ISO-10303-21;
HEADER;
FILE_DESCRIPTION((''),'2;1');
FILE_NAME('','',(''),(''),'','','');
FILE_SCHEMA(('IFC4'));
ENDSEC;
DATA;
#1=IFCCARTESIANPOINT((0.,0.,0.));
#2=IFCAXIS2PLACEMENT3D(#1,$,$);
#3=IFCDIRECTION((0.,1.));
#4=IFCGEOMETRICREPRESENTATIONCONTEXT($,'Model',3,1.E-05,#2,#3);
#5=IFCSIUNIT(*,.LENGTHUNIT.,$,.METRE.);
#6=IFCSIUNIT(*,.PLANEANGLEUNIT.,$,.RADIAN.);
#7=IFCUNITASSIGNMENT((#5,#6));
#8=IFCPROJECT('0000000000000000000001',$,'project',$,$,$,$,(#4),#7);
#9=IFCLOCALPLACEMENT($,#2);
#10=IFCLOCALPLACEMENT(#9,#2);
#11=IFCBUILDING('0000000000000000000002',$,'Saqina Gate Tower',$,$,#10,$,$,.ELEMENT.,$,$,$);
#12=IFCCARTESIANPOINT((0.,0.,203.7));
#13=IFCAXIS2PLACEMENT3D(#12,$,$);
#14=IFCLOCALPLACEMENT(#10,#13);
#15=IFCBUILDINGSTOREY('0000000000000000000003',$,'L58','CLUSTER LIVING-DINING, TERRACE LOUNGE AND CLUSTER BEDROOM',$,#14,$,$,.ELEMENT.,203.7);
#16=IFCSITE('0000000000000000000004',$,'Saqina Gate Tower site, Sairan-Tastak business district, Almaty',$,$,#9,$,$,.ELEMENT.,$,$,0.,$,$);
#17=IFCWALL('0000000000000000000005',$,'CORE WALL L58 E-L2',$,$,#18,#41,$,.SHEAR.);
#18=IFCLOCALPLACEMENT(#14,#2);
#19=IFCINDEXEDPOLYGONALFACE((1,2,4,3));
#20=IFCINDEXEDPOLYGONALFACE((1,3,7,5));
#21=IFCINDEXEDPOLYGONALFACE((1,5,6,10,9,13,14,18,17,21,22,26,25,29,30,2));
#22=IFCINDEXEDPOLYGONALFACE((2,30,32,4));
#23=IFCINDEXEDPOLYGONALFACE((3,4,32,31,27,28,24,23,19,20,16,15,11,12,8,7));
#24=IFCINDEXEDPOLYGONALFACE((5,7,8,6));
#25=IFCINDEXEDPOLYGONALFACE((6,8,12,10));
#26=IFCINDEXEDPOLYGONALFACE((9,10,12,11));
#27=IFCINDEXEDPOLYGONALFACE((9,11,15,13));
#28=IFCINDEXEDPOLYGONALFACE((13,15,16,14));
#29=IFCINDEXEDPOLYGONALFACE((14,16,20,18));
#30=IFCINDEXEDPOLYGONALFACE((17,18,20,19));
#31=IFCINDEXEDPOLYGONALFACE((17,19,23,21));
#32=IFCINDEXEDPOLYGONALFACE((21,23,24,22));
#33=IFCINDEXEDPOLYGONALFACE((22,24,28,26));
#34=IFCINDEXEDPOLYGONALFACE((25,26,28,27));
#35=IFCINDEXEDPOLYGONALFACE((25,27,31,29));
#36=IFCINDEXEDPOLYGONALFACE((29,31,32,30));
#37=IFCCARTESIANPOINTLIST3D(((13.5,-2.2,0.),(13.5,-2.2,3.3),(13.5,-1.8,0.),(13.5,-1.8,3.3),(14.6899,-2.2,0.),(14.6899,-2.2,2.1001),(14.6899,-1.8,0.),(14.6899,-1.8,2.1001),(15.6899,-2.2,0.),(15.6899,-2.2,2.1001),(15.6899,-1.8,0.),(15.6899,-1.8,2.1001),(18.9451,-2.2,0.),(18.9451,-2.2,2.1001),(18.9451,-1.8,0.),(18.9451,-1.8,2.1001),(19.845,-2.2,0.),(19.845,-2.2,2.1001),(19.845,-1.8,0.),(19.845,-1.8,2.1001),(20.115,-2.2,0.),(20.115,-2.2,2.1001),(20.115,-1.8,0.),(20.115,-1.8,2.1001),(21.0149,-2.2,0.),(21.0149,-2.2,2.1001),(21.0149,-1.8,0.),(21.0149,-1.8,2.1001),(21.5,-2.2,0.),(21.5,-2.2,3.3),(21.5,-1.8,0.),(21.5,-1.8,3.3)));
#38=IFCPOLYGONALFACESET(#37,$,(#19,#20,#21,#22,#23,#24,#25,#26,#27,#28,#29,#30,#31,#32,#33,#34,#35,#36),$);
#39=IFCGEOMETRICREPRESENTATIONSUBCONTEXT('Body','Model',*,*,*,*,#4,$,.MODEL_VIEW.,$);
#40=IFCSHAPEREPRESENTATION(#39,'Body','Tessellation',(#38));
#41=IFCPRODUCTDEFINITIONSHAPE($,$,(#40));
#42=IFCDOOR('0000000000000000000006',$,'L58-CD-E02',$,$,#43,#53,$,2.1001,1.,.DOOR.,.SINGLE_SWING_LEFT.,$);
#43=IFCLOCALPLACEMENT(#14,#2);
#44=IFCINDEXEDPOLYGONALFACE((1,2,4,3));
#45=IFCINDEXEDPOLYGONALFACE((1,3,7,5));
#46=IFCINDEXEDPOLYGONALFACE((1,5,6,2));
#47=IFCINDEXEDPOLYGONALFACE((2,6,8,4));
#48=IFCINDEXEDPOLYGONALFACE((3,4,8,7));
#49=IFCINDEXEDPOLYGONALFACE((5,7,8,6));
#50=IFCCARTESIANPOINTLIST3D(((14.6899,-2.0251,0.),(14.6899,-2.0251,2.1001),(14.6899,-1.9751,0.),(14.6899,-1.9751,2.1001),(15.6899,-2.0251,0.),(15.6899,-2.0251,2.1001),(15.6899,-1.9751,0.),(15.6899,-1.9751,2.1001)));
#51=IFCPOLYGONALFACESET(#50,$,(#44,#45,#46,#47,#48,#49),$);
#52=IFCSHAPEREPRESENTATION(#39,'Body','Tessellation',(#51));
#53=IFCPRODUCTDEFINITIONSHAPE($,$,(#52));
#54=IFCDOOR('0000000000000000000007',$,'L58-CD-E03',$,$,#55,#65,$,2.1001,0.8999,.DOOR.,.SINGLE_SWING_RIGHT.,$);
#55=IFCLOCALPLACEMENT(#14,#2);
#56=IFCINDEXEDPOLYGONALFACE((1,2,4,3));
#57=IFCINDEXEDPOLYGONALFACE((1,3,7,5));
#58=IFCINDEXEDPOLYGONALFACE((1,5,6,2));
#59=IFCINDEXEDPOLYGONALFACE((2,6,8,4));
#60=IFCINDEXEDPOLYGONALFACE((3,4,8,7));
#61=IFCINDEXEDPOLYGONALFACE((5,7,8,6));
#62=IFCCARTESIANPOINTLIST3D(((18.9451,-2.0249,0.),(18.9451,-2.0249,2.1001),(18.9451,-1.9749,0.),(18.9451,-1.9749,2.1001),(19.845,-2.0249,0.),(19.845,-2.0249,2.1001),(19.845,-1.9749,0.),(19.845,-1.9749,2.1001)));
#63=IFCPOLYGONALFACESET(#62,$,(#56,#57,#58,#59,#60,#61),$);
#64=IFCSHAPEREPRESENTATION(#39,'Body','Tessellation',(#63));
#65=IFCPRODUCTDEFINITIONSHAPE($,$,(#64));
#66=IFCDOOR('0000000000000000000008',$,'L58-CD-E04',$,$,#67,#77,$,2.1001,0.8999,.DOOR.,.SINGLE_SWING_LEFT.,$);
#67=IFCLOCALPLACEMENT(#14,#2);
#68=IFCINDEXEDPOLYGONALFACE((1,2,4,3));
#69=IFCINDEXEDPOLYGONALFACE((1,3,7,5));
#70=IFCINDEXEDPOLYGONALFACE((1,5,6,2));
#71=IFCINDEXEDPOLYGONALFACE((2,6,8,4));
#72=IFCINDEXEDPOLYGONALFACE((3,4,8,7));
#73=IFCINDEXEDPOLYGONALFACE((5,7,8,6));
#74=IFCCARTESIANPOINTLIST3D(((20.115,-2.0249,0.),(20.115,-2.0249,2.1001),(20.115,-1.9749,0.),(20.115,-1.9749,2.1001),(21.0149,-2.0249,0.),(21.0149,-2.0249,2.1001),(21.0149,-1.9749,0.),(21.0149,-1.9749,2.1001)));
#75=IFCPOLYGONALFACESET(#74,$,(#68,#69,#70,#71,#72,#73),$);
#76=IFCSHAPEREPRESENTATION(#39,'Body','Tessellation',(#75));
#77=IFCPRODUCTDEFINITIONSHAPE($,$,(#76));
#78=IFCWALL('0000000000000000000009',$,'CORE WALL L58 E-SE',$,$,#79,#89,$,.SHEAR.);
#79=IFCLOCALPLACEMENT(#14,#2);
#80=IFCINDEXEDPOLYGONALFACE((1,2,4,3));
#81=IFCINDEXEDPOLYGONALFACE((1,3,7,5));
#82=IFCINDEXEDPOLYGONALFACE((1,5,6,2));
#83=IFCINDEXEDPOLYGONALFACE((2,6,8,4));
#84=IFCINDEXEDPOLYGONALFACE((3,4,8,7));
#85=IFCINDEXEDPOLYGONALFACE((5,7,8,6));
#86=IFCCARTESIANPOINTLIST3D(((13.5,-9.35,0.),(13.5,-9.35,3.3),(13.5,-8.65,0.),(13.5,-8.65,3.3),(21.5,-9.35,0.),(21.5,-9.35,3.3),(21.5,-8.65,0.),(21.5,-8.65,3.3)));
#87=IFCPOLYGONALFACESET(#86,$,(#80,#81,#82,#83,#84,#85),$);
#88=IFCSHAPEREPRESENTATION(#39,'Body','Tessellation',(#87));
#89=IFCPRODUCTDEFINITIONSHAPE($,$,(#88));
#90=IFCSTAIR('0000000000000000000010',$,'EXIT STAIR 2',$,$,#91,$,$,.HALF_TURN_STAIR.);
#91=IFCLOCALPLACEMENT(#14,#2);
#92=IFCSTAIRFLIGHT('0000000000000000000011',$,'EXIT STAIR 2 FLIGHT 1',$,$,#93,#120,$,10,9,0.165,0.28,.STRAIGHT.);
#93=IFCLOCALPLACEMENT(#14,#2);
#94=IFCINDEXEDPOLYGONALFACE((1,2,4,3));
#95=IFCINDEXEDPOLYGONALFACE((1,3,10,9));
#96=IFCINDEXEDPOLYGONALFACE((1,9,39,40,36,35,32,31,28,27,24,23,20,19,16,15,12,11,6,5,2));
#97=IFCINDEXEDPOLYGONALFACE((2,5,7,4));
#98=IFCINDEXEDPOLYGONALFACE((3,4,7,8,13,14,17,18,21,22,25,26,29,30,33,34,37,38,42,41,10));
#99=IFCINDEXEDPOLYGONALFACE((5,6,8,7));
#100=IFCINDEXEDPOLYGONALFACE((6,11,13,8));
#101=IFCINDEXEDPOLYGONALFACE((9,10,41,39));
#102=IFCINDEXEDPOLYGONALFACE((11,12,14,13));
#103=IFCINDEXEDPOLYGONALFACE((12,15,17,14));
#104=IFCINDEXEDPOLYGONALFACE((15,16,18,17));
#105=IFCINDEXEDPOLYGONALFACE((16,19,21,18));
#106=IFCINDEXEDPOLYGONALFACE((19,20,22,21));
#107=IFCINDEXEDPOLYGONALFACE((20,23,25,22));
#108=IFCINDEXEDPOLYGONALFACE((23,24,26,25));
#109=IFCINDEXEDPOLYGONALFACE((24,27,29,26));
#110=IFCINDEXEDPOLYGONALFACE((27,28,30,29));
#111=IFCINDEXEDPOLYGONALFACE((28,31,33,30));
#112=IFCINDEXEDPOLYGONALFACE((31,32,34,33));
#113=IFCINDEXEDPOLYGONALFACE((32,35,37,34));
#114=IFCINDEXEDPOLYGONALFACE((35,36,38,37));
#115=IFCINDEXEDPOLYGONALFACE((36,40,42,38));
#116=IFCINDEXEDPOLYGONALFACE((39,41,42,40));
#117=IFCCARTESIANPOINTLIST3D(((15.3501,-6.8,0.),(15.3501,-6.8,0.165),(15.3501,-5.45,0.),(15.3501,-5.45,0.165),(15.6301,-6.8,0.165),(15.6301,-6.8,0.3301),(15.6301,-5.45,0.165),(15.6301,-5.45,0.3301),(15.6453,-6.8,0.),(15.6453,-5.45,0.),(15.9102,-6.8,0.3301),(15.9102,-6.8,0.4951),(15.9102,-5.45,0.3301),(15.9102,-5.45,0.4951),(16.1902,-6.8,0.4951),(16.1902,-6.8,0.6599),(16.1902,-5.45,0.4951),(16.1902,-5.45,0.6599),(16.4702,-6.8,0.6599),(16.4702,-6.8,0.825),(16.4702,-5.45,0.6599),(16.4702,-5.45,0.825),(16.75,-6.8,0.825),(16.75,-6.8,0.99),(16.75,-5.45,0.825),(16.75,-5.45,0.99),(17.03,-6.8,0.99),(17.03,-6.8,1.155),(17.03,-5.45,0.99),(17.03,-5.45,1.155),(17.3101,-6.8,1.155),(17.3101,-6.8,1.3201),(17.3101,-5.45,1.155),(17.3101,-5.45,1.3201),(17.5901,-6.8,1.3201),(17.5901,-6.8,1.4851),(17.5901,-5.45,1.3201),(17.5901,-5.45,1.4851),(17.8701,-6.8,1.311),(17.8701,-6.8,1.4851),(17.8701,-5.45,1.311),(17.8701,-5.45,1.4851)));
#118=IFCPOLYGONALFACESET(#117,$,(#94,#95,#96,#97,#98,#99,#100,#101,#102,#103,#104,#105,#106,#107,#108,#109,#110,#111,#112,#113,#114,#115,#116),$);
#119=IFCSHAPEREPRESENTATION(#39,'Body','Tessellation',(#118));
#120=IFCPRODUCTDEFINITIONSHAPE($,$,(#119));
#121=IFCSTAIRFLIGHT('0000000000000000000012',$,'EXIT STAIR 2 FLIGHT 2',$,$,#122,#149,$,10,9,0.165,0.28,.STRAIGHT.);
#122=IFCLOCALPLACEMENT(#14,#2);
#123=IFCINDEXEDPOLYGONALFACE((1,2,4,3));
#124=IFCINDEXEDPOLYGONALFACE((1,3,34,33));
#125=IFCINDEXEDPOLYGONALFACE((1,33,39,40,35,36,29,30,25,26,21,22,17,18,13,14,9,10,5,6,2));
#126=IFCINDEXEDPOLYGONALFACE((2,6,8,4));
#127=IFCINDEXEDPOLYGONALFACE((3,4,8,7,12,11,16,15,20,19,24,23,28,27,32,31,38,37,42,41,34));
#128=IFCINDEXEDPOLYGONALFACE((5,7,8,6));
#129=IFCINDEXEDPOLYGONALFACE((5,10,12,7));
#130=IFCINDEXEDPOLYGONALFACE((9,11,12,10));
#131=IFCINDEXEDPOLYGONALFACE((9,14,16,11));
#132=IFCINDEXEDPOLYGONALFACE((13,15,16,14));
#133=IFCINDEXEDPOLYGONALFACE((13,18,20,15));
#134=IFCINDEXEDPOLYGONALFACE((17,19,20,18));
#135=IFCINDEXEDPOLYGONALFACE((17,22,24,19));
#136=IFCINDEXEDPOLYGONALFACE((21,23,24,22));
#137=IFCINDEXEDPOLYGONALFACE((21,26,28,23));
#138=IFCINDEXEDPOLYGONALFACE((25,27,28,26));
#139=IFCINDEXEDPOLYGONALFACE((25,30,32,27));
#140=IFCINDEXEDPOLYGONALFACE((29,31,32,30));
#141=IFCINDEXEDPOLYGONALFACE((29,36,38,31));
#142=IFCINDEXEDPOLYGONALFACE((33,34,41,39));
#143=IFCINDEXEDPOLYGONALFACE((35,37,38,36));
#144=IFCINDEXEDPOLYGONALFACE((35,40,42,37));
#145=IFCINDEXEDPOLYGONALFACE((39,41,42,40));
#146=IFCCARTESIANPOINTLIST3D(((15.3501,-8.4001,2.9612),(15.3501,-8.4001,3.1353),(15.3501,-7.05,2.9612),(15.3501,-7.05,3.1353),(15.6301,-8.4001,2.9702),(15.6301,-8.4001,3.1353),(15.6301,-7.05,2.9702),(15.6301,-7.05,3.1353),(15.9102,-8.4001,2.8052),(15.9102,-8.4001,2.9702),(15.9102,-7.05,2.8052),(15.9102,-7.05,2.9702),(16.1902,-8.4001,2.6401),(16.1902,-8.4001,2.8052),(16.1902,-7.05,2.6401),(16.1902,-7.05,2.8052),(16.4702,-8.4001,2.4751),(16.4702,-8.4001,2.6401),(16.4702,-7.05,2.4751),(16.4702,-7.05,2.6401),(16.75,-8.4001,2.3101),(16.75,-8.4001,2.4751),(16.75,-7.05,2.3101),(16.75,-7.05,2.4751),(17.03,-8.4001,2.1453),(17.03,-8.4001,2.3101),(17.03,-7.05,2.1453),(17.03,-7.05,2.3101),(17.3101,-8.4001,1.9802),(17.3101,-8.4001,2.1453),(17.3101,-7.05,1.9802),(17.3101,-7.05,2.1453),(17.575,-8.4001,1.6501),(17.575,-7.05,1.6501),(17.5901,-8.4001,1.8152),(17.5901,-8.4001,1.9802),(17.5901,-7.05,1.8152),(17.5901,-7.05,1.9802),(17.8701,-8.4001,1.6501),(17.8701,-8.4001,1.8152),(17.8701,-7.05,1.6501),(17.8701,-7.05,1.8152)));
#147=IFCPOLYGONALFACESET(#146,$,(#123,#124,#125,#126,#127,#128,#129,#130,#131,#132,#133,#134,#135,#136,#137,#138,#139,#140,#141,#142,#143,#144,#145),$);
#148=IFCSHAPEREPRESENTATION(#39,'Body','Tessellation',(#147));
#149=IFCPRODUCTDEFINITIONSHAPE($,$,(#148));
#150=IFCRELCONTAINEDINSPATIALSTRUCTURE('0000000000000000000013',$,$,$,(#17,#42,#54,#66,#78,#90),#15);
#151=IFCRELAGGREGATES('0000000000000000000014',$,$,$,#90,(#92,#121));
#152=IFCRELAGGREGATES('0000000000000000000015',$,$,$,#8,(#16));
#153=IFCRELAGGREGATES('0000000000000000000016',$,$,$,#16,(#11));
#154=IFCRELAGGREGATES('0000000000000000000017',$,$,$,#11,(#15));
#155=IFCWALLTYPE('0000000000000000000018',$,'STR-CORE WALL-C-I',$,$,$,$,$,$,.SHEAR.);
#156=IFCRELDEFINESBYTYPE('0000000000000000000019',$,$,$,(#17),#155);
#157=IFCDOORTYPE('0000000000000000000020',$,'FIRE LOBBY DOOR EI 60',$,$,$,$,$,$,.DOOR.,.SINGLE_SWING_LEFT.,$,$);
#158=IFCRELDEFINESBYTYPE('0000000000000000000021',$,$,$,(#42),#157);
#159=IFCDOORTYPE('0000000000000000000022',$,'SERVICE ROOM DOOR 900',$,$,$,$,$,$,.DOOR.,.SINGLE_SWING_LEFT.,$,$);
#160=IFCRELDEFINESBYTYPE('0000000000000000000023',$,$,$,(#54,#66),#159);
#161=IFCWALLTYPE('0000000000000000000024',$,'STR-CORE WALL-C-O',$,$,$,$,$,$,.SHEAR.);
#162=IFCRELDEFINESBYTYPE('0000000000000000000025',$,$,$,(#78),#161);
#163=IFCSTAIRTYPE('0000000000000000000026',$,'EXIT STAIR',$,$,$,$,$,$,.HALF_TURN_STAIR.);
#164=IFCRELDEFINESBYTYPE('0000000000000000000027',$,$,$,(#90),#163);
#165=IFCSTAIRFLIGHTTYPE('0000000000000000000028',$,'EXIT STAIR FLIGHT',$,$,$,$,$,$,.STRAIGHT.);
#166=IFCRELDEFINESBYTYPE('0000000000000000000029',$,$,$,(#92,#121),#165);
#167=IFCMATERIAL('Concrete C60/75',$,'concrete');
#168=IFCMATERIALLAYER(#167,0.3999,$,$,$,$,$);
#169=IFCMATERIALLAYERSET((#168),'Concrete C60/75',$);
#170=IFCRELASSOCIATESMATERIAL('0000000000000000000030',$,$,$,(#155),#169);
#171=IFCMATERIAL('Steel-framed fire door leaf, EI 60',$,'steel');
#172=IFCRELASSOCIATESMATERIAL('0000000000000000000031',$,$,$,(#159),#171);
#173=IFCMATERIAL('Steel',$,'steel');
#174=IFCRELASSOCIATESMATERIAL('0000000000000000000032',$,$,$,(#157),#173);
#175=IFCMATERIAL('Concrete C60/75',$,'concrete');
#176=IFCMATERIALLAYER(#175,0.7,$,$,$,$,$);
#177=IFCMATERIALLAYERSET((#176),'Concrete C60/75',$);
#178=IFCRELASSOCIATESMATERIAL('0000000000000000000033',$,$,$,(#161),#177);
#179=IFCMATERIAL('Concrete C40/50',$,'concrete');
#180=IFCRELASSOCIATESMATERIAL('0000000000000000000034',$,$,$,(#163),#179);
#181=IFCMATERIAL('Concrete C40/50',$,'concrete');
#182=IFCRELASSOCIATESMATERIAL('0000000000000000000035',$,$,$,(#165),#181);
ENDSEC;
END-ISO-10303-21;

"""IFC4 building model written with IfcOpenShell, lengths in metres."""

from ifc_helpers import new_model, si_unit, direction, frame, frame_2d, origin, place, context, subcontext, project, spatial, polyline, rectangle, outline, extrude, material, layer, layer_set, type_object, element, fill, aggregate, save


model = new_model("IFC4")

# Units and contexts
model_context = context("Model", 3, precision=1e-05, world=origin(), true_north=direction((0.0, 1.0)))
body_context = subcontext(model_context, "Body", "Model", "MODEL_VIEW")
ifc_project = project(units=[si_unit("LENGTHUNIT", "METRE"), si_unit("PLANEANGLEUNIT", "RADIAN")], contexts=[model_context])

# Site, building, storey
site_placement = place(None, origin())
site = spatial("IfcSite", under=ifc_project, at=site_placement, Name="Saqina Gate Tower site, Sairan-Tastak business district, Almaty", CompositionType="ELEMENT", RefElevation=0.0)
building_placement = place(site_placement, origin())
building = spatial("IfcBuilding", under=site, at=building_placement, Name="Saqina Gate Tower", CompositionType="ELEMENT")
storey_placement = place(building_placement, frame((0.0, 0.0, 203.7)))
storey = spatial("IfcBuildingStorey", under=building, at=storey_placement, Name="L58", Description="CLUSTER LIVING-DINING, TERRACE LOUNGE AND CLUSTER BEDROOM", CompositionType="ELEMENT", Elevation=203.7)

# Wall, openings, doors
ifc_material_1 = material(Name="Concrete C60/75", Category="concrete")
ifc_layer_1 = layer(ifc_material_1, 0.3999)
ifc_layer_set_1 = layer_set([ifc_layer_1], Name="Concrete C60/75")
wall_type_1 = type_object("IfcWallType", Name="STR-CORE WALL-C-I", PredefinedType="SHEAR", material=ifc_layer_set_1)
ifc_material_2 = material(Name="Steel-framed fire door leaf, EI 60", Category="steel")
door_type_1 = type_object("IfcDoorType", Name="SERVICE ROOM DOOR 900", OperationType="SINGLE_SWING_LEFT", PredefinedType="DOOR", material=ifc_material_2)
wall_1_placement = place(storey_placement, frame((13.5, -2.0, 0.0), z_axis=(0.0, 0.0, 1.0), x_axis=(1.0, 0.0, 0.0)))
wall_1 = element("IfcWall", 1, at=wall_1_placement, inside=storey, type_object=wall_type_1, Name="CORE WALL L58 E-L2", PredefinedType="SHEAR", context=body_context, shape_type="SweptSolid", body=[
    extrude(rectangle(XDim=8.0, YDim=0.3999, at=frame_2d((4.0, 0.0))), origin(), (0.0, 0.0, 1.0), 3.3),
])
opening_1_placement = place(wall_1_placement, frame((1.1899, 0.0, 0.0)))
opening_1 = element("IfcOpeningElement", 2, at=opening_1_placement, cuts=wall_1, PredefinedType="OPENING", context=body_context, shape_type="SweptSolid", body=[
    extrude(rectangle(XDim=1.0, YDim=2.1001, at=frame_2d((0.5, 1.05))), frame((0.0, 0.2119, 0.0), z_axis=(0.0, -1.0, 0.0), x_axis=(1.0, 0.0, 0.0)), (0.0, 0.0, 1.0), 0.4238),
])
opening_2_placement = place(wall_1_placement, frame((5.4451, 0.0, 0.0)))
opening_2 = element("IfcOpeningElement", 3, at=opening_2_placement, cuts=wall_1, PredefinedType="OPENING", context=body_context, shape_type="SweptSolid", body=[
    extrude(rectangle(XDim=0.8999, YDim=2.1001, at=frame_2d((0.45, 1.05))), frame((0.0, 0.2119, 0.0), z_axis=(0.0, -1.0, 0.0), x_axis=(1.0, 0.0, 0.0)), (0.0, 0.0, 1.0), 0.4238),
])
opening_3_placement = place(wall_1_placement, frame((6.615, 0.0, 0.0)))
opening_3 = element("IfcOpeningElement", 4, at=opening_3_placement, cuts=wall_1, PredefinedType="OPENING", context=body_context, shape_type="SweptSolid", body=[
    extrude(rectangle(XDim=0.8999, YDim=2.1001, at=frame_2d((0.45, 1.05))), frame((0.0, 0.2119, 0.0), z_axis=(0.0, -1.0, 0.0), x_axis=(1.0, 0.0, 0.0)), (0.0, 0.0, 1.0), 0.4238),
])
ifc_material_3 = material(Name="Steel", Category="steel")
door_type_2 = type_object("IfcDoorType", Name="FIRE LOBBY DOOR EI 60", OperationType="SINGLE_SWING_LEFT", PredefinedType="DOOR", material=ifc_material_3)
door_1_placement = place(opening_1_placement, origin())
door_1 = element("IfcDoor", 5, at=door_1_placement, inside=storey, type_object=door_type_2, Name="L58-CD-E02", OperationType="SINGLE_SWING_LEFT", OverallHeight=2.1001, OverallWidth=1.0, PredefinedType="DOOR", context=body_context, shape_type="SweptSolid", body=[
    extrude(rectangle(XDim=1.0, YDim=2.1001, at=frame_2d((0.5, 1.05))), frame((0.0, 0.0249, 0.0), z_axis=(0.0, -1.0, 0.0), x_axis=(1.0, 0.0, 0.0)), (0.0, 0.0, 1.0), 0.05),
])
fill(opening_1, door_1)
door_2_placement = place(opening_2_placement, frame((0.8999, 0.0, 0.0), z_axis=(0.0, 0.0, 1.0), x_axis=(-1.0, 0.0, 0.0)))
door_2 = element("IfcDoor", 6, at=door_2_placement, inside=storey, type_object=door_type_1, Name="L58-CD-E03", OperationType="SINGLE_SWING_RIGHT", OverallHeight=2.1001, OverallWidth=0.8999, PredefinedType="DOOR", context=body_context, shape_type="SweptSolid", body=[
    extrude(rectangle(XDim=0.8999, YDim=2.1001, at=frame_2d((0.45, 1.05))), frame((0.0, 0.0249, 0.0), z_axis=(0.0, -1.0, 0.0), x_axis=(1.0, 0.0, 0.0)), (0.0, 0.0, 1.0), 0.05),
])
fill(opening_2, door_2)
door_3_placement = place(opening_3_placement, frame((0.8999, 0.0, 0.0), z_axis=(0.0, 0.0, 1.0), x_axis=(-1.0, 0.0, 0.0)))
door_3 = element("IfcDoor", 7, at=door_3_placement, inside=storey, type_object=door_type_1, Name="L58-CD-E04", OperationType="SINGLE_SWING_LEFT", OverallHeight=2.1001, OverallWidth=0.8999, PredefinedType="DOOR", context=body_context, shape_type="SweptSolid", body=[
    extrude(rectangle(XDim=0.8999, YDim=2.1001, at=frame_2d((0.45, 1.05))), frame((0.0, 0.0249, 0.0), z_axis=(0.0, -1.0, 0.0), x_axis=(1.0, 0.0, 0.0)), (0.0, 0.0, 1.0), 0.05),
])
fill(opening_3, door_3)
ifc_material_4 = material(Name="Concrete C60/75", Category="concrete")
ifc_layer_2 = layer(ifc_material_4, 0.7)
ifc_layer_set_2 = layer_set([ifc_layer_2], Name="Concrete C60/75")
wall_type_2 = type_object("IfcWallType", Name="STR-CORE WALL-C-O", PredefinedType="SHEAR", material=ifc_layer_set_2)

# Wall
wall_2_placement = place(storey_placement, frame((13.5, -9.0, 0.0), z_axis=(0.0, 0.0, 1.0), x_axis=(1.0, 0.0, 0.0)))
element("IfcWall", 8, at=wall_2_placement, inside=storey, type_object=wall_type_2, Name="CORE WALL L58 E-SE", PredefinedType="SHEAR", context=body_context, shape_type="SweptSolid", body=[
    extrude(rectangle(XDim=8.0, YDim=0.7, at=frame_2d((4.0, 0.0))), origin(), (0.0, 0.0, 1.0), 3.3),
])

# Stair, stair flights
ifc_material_5 = material(Name="Concrete C40/50", Category="concrete")
stair_type = type_object("IfcStairType", Name="EXIT STAIR", PredefinedType="HALF_TURN_STAIR", material=ifc_material_5)
stair_placement = place(storey_placement, origin())
stair = element("IfcStair", 9, at=stair_placement, inside=storey, type_object=stair_type, Name="EXIT STAIR 2", PredefinedType="HALF_TURN_STAIR")
ifc_material_6 = material(Name="Concrete C40/50", Category="concrete")
stair_flight_type = type_object("IfcStairFlightType", Name="EXIT STAIR FLIGHT", PredefinedType="STRAIGHT", material=ifc_material_6)
stair_flight_1_placement = place(storey_placement, frame((15.3501, -6.125, 0.0), z_axis=(0.0, 0.0, 1.0), x_axis=(1.0, 0.0, 0.0)))
stair_flight_1 = element("IfcStairFlight", 10, at=stair_flight_1_placement, type_object=stair_flight_type, Name="EXIT STAIR 2 FLIGHT 1", NumberOfRisers=10, NumberOfTreads=9, PredefinedType="STRAIGHT", RiserHeight=0.165, TreadLength=0.28, context=body_context, shape_type="SweptSolid", body=[
    extrude(outline(polyline([(0.0, 0.0), (0.0, 0.165), (0.28, 0.165), (0.28, 0.3301), (0.5601, 0.3301), (0.5601, 0.4951), (0.8401, 0.4951), (0.8401, 0.6599), (1.1201, 0.6599), (1.1201, 0.825), (1.3999, 0.825), (1.3999, 0.99), (1.6799, 0.99), (1.6799, 1.155), (1.96, 1.155), (1.96, 1.3201), (2.24, 1.3201), (2.24, 1.4851), (2.52, 1.4851), (2.52, 1.6499), (2.52, 1.311), (0.2952, 0.0), (0.0, 0.0)])), frame((0.0, 0.675, 0.0), z_axis=(0.0, -1.0, 0.0), x_axis=(1.0, 0.0, 0.0)), (0.0, 0.0, 1.0), 1.3501),
])
stair_flight_2_placement = place(storey_placement, frame((17.8701, -7.7251, 1.6501), z_axis=(0.0, 0.0, 1.0), x_axis=(-1.0, 0.0, 0.0)))
stair_flight_2 = element("IfcStairFlight", 11, at=stair_flight_2_placement, type_object=stair_flight_type, Name="EXIT STAIR 2 FLIGHT 2", NumberOfRisers=10, NumberOfTreads=9, PredefinedType="STRAIGHT", RiserHeight=0.165, TreadLength=0.28, context=body_context, shape_type="SweptSolid", body=[
    extrude(outline(polyline([(0.0, 0.0), (0.0, 0.165), (0.28, 0.165), (0.28, 0.3301), (0.5601, 0.3301), (0.5601, 0.4951), (0.8401, 0.4951), (0.8401, 0.6599), (1.1201, 0.6599), (1.1201, 0.825), (1.3999, 0.825), (1.3999, 0.99), (1.6799, 0.99), (1.6799, 1.155), (1.96, 1.155), (1.96, 1.3201), (2.24, 1.3201), (2.24, 1.4851), (2.52, 1.4851), (2.52, 1.6499), (2.52, 1.311), (0.2952, 0.0), (0.0, 0.0)])), frame((0.0, 0.675, 0.0), z_axis=(0.0, -1.0, 0.0), x_axis=(1.0, 0.0, 0.0)), (0.0, 0.0, 1.0), 1.3501),
])
aggregate(stair, [stair_flight_1, stair_flight_2])

save(model, "model.ifc")
